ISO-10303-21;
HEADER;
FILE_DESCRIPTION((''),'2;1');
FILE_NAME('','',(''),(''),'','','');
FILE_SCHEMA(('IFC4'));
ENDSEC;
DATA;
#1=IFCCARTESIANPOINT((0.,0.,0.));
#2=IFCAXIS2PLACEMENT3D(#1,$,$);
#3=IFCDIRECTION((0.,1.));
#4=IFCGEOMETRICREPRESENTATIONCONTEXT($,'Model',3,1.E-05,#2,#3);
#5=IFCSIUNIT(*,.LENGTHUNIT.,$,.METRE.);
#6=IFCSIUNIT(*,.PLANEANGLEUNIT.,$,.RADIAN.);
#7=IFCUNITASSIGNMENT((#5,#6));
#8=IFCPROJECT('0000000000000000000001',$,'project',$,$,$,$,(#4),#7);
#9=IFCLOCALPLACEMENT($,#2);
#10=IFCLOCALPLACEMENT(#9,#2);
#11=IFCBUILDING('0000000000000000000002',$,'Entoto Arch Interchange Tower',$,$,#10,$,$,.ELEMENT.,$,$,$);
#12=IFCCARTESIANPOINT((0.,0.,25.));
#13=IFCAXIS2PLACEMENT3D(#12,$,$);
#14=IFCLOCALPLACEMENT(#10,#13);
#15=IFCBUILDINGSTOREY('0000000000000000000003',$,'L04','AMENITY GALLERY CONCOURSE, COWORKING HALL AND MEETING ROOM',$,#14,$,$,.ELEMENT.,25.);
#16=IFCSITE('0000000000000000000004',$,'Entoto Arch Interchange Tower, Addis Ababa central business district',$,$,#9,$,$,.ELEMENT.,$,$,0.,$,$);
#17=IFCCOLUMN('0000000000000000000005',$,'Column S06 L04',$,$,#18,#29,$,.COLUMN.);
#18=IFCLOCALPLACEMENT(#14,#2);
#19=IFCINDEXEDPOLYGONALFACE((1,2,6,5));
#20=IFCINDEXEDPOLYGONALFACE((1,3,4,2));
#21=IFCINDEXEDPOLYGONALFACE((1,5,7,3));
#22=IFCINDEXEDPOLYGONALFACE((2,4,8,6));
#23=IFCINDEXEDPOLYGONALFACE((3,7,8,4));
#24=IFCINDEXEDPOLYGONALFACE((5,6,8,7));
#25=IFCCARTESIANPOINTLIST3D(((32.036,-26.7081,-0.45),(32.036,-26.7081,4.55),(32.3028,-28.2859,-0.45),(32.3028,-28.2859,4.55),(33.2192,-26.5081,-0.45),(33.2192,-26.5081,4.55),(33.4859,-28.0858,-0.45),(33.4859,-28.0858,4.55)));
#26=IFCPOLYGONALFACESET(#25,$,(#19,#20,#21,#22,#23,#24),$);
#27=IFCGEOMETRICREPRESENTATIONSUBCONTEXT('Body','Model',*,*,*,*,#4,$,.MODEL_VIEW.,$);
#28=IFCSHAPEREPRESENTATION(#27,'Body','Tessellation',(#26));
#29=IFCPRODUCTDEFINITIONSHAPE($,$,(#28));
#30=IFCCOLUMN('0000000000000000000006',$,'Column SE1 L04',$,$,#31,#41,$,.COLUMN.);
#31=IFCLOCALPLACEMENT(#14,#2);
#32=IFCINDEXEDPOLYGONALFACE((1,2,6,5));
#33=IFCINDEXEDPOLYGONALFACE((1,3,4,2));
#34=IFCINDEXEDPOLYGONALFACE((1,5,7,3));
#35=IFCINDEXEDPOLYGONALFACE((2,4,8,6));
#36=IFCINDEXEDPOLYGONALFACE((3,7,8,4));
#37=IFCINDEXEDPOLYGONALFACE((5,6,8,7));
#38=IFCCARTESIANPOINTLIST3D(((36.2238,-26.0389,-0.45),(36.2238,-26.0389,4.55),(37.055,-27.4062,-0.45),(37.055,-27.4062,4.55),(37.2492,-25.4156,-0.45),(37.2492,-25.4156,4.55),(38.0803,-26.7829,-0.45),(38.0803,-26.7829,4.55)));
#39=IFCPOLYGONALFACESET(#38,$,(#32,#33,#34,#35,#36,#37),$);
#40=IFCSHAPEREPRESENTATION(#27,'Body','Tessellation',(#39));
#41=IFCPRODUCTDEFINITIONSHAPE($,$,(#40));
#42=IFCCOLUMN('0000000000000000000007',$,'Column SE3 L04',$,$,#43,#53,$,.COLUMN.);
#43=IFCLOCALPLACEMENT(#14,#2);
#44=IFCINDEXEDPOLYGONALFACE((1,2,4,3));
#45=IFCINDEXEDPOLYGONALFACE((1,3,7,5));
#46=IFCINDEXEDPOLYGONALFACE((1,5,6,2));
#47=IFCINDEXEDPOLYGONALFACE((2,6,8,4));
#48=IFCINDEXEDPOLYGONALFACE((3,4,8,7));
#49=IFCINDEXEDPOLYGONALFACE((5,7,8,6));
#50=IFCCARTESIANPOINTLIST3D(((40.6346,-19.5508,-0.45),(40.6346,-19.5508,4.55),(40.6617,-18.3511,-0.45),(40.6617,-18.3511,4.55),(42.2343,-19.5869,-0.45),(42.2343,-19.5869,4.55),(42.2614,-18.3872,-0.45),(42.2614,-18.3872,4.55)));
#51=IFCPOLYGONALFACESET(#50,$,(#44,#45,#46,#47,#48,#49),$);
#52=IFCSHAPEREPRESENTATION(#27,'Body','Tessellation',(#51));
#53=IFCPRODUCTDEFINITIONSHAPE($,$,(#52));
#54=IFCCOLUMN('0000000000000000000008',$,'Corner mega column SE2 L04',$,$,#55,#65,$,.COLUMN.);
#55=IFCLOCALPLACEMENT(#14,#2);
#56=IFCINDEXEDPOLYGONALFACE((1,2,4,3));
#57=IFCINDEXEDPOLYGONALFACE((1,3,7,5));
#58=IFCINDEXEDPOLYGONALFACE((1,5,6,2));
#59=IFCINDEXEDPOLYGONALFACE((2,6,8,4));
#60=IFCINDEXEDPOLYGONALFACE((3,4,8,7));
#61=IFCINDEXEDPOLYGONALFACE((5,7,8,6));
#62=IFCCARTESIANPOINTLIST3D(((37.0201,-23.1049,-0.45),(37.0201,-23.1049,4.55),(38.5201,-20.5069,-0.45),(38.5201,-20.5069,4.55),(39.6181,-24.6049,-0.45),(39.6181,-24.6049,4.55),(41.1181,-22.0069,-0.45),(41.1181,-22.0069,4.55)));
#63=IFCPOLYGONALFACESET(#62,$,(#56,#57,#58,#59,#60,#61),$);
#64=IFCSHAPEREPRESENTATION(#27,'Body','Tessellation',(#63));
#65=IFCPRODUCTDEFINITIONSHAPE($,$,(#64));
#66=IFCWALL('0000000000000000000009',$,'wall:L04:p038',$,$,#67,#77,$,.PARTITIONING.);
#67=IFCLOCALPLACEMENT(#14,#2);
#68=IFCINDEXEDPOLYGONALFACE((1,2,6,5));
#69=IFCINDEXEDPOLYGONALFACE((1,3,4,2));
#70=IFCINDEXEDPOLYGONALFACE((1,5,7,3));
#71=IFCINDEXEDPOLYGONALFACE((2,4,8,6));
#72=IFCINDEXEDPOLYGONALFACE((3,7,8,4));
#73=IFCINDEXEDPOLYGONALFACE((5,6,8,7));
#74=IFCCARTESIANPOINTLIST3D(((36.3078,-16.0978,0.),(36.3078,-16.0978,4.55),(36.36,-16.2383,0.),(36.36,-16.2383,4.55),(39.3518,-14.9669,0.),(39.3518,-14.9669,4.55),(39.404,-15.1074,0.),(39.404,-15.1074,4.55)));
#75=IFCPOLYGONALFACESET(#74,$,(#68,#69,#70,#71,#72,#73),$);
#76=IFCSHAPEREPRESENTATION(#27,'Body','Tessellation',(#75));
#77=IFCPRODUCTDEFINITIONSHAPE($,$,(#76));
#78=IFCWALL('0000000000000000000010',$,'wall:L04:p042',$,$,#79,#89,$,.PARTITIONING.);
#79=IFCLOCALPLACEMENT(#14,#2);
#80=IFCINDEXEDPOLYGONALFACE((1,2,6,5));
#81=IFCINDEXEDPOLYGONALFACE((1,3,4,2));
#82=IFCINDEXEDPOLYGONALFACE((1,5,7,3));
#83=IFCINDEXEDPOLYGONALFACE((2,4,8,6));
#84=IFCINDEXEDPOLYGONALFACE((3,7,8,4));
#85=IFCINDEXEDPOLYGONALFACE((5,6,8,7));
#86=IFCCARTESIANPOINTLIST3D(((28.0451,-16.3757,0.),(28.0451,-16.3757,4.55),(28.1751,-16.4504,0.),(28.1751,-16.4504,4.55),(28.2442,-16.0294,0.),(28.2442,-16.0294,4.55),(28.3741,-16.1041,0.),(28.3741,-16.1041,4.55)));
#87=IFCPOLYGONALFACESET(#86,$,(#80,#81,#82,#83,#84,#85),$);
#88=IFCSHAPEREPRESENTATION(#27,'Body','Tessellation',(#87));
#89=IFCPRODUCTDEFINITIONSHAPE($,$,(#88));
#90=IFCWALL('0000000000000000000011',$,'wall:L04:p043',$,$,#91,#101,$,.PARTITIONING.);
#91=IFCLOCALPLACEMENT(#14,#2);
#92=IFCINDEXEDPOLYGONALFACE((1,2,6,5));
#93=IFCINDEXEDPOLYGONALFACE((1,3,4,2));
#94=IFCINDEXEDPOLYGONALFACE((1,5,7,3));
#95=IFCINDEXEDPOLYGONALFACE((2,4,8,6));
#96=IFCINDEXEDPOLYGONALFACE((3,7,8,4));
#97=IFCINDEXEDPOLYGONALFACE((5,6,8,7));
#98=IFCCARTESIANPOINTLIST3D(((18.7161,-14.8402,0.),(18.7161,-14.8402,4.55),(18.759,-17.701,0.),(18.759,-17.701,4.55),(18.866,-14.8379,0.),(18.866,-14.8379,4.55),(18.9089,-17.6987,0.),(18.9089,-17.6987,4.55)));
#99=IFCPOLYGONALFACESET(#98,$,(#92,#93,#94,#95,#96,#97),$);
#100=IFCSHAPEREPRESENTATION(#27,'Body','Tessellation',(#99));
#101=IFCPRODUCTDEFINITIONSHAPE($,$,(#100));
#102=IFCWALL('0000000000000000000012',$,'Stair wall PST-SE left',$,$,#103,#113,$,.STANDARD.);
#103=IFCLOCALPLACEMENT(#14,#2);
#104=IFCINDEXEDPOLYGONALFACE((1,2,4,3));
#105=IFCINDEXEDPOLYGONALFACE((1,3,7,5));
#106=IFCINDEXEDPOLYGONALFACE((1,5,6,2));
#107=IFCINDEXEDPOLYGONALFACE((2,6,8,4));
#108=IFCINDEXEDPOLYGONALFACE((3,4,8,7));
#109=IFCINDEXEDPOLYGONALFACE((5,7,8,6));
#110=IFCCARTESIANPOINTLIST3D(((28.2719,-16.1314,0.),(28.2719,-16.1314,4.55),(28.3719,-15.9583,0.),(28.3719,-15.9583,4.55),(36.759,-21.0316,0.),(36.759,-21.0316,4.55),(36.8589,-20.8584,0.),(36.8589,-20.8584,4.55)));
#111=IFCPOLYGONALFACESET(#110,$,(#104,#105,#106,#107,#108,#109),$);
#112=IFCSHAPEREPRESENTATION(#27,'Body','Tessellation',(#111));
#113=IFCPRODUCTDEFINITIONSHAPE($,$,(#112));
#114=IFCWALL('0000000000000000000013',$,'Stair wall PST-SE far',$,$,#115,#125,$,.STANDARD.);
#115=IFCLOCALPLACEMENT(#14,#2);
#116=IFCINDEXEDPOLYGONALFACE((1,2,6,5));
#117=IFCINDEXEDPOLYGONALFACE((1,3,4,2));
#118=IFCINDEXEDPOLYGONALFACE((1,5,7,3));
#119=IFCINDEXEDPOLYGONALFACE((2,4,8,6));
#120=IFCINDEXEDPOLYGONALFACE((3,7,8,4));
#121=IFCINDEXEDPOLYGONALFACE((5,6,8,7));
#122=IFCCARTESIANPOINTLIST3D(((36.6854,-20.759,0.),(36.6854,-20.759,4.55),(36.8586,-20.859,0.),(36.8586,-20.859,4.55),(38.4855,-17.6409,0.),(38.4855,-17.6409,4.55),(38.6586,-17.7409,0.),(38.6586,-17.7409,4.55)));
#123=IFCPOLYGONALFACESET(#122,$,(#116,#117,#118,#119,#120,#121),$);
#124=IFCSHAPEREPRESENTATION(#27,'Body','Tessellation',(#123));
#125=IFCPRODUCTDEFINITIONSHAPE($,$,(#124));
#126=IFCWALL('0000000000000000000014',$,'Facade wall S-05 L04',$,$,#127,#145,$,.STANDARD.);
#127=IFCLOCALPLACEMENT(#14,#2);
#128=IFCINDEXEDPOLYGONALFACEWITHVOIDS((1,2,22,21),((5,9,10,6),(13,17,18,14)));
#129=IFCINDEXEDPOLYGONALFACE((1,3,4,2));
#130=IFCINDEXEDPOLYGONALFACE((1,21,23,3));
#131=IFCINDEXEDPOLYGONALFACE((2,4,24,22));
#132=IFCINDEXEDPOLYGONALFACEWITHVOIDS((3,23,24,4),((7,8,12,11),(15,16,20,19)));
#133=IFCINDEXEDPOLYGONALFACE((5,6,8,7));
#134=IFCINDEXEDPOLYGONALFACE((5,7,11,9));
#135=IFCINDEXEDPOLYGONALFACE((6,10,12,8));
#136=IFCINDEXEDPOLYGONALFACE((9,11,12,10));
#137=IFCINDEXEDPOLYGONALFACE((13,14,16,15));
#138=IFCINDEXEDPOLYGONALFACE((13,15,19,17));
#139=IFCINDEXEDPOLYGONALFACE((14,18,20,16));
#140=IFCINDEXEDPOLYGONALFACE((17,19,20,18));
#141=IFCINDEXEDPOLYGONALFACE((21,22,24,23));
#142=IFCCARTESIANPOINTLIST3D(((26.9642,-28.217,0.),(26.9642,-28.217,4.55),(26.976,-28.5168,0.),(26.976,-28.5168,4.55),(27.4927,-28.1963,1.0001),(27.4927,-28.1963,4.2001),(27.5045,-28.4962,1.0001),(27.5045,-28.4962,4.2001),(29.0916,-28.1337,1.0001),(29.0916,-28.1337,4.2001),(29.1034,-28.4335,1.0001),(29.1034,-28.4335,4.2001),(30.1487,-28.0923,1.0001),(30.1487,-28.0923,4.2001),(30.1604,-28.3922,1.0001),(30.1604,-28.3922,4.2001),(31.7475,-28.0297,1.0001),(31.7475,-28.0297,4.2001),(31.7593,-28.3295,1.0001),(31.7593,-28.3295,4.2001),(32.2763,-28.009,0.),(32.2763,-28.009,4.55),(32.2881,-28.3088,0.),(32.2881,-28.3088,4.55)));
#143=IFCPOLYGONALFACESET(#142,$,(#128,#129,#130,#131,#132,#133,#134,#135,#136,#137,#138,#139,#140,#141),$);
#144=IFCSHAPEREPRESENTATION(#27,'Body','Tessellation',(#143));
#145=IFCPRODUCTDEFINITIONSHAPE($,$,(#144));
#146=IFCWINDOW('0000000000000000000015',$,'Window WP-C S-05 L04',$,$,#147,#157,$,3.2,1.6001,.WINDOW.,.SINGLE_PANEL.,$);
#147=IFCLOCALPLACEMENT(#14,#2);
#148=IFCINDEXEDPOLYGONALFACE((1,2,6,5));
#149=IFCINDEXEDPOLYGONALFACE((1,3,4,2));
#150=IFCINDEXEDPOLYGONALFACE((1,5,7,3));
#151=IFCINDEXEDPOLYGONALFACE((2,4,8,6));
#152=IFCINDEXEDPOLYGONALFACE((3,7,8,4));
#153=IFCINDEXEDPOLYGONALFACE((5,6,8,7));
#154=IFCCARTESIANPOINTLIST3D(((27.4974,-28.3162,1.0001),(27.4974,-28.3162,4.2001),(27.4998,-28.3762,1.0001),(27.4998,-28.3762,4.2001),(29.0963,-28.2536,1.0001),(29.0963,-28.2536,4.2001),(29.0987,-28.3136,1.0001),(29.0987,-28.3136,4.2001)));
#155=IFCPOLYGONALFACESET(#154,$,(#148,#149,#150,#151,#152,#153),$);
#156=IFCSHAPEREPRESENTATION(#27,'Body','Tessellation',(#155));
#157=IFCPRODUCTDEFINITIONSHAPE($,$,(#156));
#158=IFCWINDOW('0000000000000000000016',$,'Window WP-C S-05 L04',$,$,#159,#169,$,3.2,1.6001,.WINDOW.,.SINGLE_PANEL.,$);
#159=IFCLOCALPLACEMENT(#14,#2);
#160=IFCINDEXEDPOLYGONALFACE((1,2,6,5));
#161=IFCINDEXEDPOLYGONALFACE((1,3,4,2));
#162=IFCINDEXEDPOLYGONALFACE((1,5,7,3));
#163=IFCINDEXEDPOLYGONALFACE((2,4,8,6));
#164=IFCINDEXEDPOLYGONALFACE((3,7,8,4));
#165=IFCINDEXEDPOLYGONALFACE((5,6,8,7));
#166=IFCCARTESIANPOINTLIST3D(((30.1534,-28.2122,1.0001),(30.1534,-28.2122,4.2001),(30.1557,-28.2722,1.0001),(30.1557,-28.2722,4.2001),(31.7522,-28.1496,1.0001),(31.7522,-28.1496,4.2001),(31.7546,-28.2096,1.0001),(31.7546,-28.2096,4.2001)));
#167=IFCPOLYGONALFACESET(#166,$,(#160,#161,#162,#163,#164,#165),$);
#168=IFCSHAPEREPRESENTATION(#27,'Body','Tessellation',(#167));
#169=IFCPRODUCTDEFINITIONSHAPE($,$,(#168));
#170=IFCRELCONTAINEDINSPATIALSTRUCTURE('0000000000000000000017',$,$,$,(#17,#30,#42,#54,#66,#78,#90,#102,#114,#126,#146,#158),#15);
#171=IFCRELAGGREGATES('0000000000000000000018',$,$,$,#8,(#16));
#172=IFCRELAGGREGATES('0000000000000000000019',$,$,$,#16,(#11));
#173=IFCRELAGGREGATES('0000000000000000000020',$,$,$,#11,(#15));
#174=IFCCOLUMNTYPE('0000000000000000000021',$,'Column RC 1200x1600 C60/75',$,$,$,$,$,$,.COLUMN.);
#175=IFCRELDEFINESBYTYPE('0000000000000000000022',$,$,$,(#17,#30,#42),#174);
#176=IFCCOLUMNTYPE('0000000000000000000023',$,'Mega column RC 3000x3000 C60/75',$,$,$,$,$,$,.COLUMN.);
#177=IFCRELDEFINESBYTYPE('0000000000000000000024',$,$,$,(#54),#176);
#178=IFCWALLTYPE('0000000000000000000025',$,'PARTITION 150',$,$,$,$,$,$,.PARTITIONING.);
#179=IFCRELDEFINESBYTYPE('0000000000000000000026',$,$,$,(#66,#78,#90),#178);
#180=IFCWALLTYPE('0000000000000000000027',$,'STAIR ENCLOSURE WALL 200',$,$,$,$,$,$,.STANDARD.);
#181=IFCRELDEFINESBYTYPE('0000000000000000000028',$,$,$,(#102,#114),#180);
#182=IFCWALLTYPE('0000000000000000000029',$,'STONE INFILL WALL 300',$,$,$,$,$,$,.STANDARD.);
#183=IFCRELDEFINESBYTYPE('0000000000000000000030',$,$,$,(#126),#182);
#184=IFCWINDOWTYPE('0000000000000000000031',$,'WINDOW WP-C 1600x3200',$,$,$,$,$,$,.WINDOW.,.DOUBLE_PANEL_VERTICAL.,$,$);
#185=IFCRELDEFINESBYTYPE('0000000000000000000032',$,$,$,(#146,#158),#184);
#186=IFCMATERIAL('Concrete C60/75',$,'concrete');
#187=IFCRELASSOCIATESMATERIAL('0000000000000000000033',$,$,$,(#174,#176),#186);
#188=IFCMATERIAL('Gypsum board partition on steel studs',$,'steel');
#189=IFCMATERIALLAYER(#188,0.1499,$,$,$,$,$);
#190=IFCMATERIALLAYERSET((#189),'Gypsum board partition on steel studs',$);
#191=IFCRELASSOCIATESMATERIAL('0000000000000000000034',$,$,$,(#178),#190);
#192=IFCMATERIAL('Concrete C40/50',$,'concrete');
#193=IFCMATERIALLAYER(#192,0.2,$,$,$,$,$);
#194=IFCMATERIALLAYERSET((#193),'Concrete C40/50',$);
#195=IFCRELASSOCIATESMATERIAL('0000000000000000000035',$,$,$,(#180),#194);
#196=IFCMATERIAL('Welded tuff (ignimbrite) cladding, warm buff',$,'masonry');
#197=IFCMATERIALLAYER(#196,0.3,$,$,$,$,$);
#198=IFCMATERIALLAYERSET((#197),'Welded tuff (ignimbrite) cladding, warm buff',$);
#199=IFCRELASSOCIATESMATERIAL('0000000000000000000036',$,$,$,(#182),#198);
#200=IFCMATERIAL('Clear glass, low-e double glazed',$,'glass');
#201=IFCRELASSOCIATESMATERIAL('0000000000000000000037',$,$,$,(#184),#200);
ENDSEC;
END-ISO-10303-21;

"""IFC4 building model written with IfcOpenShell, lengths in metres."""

from ifc_helpers import new_model, si_unit, direction, frame, frame_2d, origin, origin_2d, place, context, subcontext, project, spatial, rectangle, extrude, material, layer, layer_set, material_profile, profile_set, type_object, element, fill, save


model = new_model("IFC4")

# Units and contexts
model_context = context("Model", 3, precision=1e-05, world=origin(), true_north=direction((0.0, 1.0)))
body_context = subcontext(model_context, "Body", "Model", "MODEL_VIEW")
ifc_project = project(units=[si_unit("LENGTHUNIT", "METRE"), si_unit("PLANEANGLEUNIT", "RADIAN")], contexts=[model_context])

# Site, building, storey
site_placement = place(None, origin())
site = spatial("IfcSite", under=ifc_project, at=site_placement, Name="Entoto Arch Interchange Tower, Addis Ababa central business district", CompositionType="ELEMENT", RefElevation=0.0)
building_placement = place(site_placement, origin())
building = spatial("IfcBuilding", under=site, at=building_placement, Name="Entoto Arch Interchange Tower", CompositionType="ELEMENT")
storey_placement = place(building_placement, frame((0.0, 0.0, 25.0)))
storey = spatial("IfcBuildingStorey", under=building, at=storey_placement, Name="L04", Description="AMENITY GALLERY CONCOURSE, COWORKING HALL AND MEETING ROOM", CompositionType="ELEMENT", Elevation=25.0)

# Columns
ifc_material_1 = material(Name="Concrete C60/75", Category="concrete")
ifc_material_profile_1 = material_profile(ifc_material_1, rectangle(XDim=1.2, YDim=1.6001, at=origin_2d()))
ifc_profile_set_1 = profile_set([ifc_material_profile_1], Name="Concrete C60/75")
column_type_1 = type_object("IfcColumnType", Name="Column RC 1200x1600 C60/75", PredefinedType="COLUMN", material=ifc_profile_set_1)
for number, where, z_axis, x_axis, name in (
    (1, (32.761, -27.397, -0.45), (0.0, 0.0, 1.0), (0.986005, 0.166717, 0.0), "Column S06 L04"),
    (2, (37.1521, -26.4109, -0.45), (0.0, 0.0, 1.0), (0.854522, 0.519415, 0.0), "Column SE1 L04"),
    (3, (41.448, -18.969, -0.45), (0.0, 0.0, 1.0), (0.022565, 0.999745, 0.0), "Column SE3 L04"),
):
    element("IfcColumn", number, at=place(storey_placement, frame(where, z_axis=z_axis, x_axis=x_axis)), inside=storey, type_object=column_type_1, Name=name, PredefinedType="COLUMN", context=body_context, shape_type="SweptSolid", body=[
        extrude(rectangle(XDim=1.2, YDim=1.6001, at=origin_2d()), origin(), (0.0, 0.0, 1.0), 5.0),
    ])
ifc_material_profile_2 = material_profile(ifc_material_1, rectangle(XDim=3.0, YDim=3.0, at=origin_2d()))
ifc_profile_set_2 = profile_set([ifc_material_profile_2], Name="Concrete C60/75")
column_type_2 = type_object("IfcColumnType", Name="Mega column RC 3000x3000 C60/75", PredefinedType="COLUMN", material=ifc_profile_set_2)
column_placement = place(storey_placement, frame((39.0691, -22.5559, -0.45), z_axis=(0.0, 0.0, 1.0), x_axis=(-0.866025, 0.5, 0.0)))
element("IfcColumn", 4, at=column_placement, inside=storey, type_object=column_type_2, Name="Corner mega column SE2 L04", PredefinedType="COLUMN", context=body_context, shape_type="SweptSolid", body=[
    extrude(rectangle(XDim=3.0, YDim=3.0, at=origin_2d()), origin(), (0.0, 0.0, 1.0), 5.0),
])

# Walls
ifc_material_2 = material(Name="Gypsum board partition on steel studs", Category="steel")
ifc_layer_1 = layer(ifc_material_2, 0.1499)
ifc_layer_set_1 = layer_set([ifc_layer_1], Name="Gypsum board partition on steel studs")
wall_type_1 = type_object("IfcWallType", Name="PARTITION 150", PredefinedType="PARTITIONING", material=ifc_layer_set_1)
wall_1_placement = place(storey_placement, frame((36.334, -16.168, 0.0), z_axis=(0.0, 0.0, 1.0), x_axis=(0.9374, 0.348254, 0.0)))
element("IfcWall", 5, at=wall_1_placement, inside=storey, type_object=wall_type_1, Name="wall:L04:p038", PredefinedType="PARTITIONING", context=body_context, shape_type="SweptSolid", body=[
    extrude(rectangle(XDim=3.2473, YDim=0.1499, at=frame_2d((1.6235, 0.0))), origin(), (0.0, 0.0, 1.0), 4.55),
])
wall_2_placement = place(storey_placement, frame((28.1101, -16.4131, 0.0), z_axis=(0.0, 0.0, 1.0), x_axis=(0.49831, 0.866999, 0.0)))
element("IfcWall", 6, at=wall_2_placement, inside=storey, type_object=wall_type_1, Name="wall:L04:p042", PredefinedType="PARTITIONING", context=body_context, shape_type="SweptSolid", body=[
    extrude(rectangle(XDim=0.3994, YDim=0.1499, at=frame_2d((0.1997, 0.0))), origin(), (0.0, 0.0, 1.0), 4.55),
])
wall_3_placement = place(storey_placement, frame((18.834, -17.7, 0.0), z_axis=(0.0, 0.0, 1.0), x_axis=(-0.015018, 0.999887, 0.0)))
element("IfcWall", 7, at=wall_3_placement, inside=storey, type_object=wall_type_1, Name="wall:L04:p043", PredefinedType="PARTITIONING", context=body_context, shape_type="SweptSolid", body=[
    extrude(rectangle(XDim=2.8611, YDim=0.1499, at=frame_2d((1.4307, 0.0))), origin(), (0.0, 0.0, 1.0), 4.55),
])
ifc_material_3 = material(Name="Concrete C40/50", Category="concrete")
ifc_layer_2 = layer(ifc_material_3, 0.2)
ifc_layer_set_2 = layer_set([ifc_layer_2], Name="Concrete C40/50")
wall_type_2 = type_object("IfcWallType", Name="STAIR ENCLOSURE WALL 200", PredefinedType="STANDARD", material=ifc_layer_set_2)
wall_4_placement = place(storey_placement, frame((28.322, -16.0449, 0.0), z_axis=(0.0, 0.0, 1.0), x_axis=(0.866019, -0.500011, 0.0)))
element("IfcWall", 8, at=wall_4_placement, inside=storey, type_object=wall_type_2, Name="Stair wall PST-SE left", PredefinedType="STANDARD", context=body_context, shape_type="SweptSolid", body=[
    extrude(rectangle(XDim=9.8, YDim=0.2, at=frame_2d((4.8999, 0.0))), origin(), (0.0, 0.0, 1.0), 4.55),
])
wall_5_placement = place(storey_placement, frame((36.772, -20.8091, 0.0), z_axis=(0.0, 0.0, 1.0), x_axis=(0.499953, 0.866052, 0.0)))
element("IfcWall", 9, at=wall_5_placement, inside=storey, type_object=wall_type_2, Name="Stair wall PST-SE far", PredefinedType="STANDARD", context=body_context, shape_type="SweptSolid", body=[
    extrude(rectangle(XDim=3.6003, YDim=0.2, at=frame_2d((1.8003, 0.0))), origin(), (0.0, 0.0, 1.0), 4.55),
])

# Wall, openings, windows
ifc_material_4 = material(Name="Welded tuff (ignimbrite) cladding, warm buff", Category="masonry")
ifc_layer_3 = layer(ifc_material_4, 0.3)
ifc_layer_set_3 = layer_set([ifc_layer_3], Name="Welded tuff (ignimbrite) cladding, warm buff")
wall_type_3 = type_object("IfcWallType", Name="STONE INFILL WALL 300", PredefinedType="STANDARD", material=ifc_layer_set_3)
wall_6_placement = place(storey_placement, frame((26.97, -28.3669, 0.0), z_axis=(0.0, 0.0, 1.0), x_axis=(0.999234, 0.039128, 0.0)))
wall_6 = element("IfcWall", 10, at=wall_6_placement, inside=storey, type_object=wall_type_3, Name="Facade wall S-05 L04", PredefinedType="STANDARD", context=body_context, shape_type="SweptSolid", body=[
    extrude(rectangle(XDim=5.3162, YDim=0.3, at=frame_2d((2.6582, 0.0))), origin(), (0.0, 0.0, 1.0), 4.55),
])
opening_1_placement = place(wall_6_placement, frame((0.5291, 0.0, 1.0)))
opening_1 = element("IfcOpeningElement", 11, at=opening_1_placement, cuts=wall_6, PredefinedType="OPENING", context=body_context, shape_type="SweptSolid", body=[
    extrude(rectangle(XDim=1.6001, YDim=3.2, at=frame_2d((0.8, 1.6001))), frame((0.0, 0.1602, 0.0), z_axis=(0.0, -1.0, 0.0), x_axis=(1.0, 0.0, 0.0)), (0.0, 0.0, 1.0), 0.3201),
])
opening_2_placement = place(wall_6_placement, frame((3.187, 0.0, 1.0)))
opening_2 = element("IfcOpeningElement", 12, at=opening_2_placement, cuts=wall_6, PredefinedType="OPENING", context=body_context, shape_type="SweptSolid", body=[
    extrude(rectangle(XDim=1.6001, YDim=3.2, at=frame_2d((0.8, 1.6001))), frame((0.0, 0.1602, 0.0), z_axis=(0.0, -1.0, 0.0), x_axis=(1.0, 0.0, 0.0)), (0.0, 0.0, 1.0), 0.3201),
])
ifc_material_5 = material(Name="Clear glass, low-e double glazed", Category="glass")
window_type = type_object("IfcWindowType", Name="WINDOW WP-C 1600x3200", PartitioningType="DOUBLE_PANEL_VERTICAL", PredefinedType="WINDOW", material=ifc_material_5)
window_1_placement = place(opening_1_placement, origin())
window_1 = element("IfcWindow", 13, at=window_1_placement, inside=storey, type_object=window_type, Name="Window WP-C S-05 L04", OverallHeight=3.2, OverallWidth=1.6001, PartitioningType="SINGLE_PANEL", PredefinedType="WINDOW", context=body_context, shape_type="SweptSolid", body=[
    extrude(rectangle(XDim=1.6001, YDim=3.2, at=frame_2d((0.8, 1.6001))), frame((0.0, 0.03, 0.0), z_axis=(0.0, -1.0, 0.0), x_axis=(1.0, 0.0, 0.0)), (0.0, 0.0, 1.0), 0.0601),
])
fill(opening_1, window_1)
window_2_placement = place(opening_2_placement, origin())
window_2 = element("IfcWindow", 14, at=window_2_placement, inside=storey, type_object=window_type, Name="Window WP-C S-05 L04", OverallHeight=3.2, OverallWidth=1.6001, PartitioningType="SINGLE_PANEL", PredefinedType="WINDOW", context=body_context, shape_type="SweptSolid", body=[
    extrude(rectangle(XDim=1.6001, YDim=3.2, at=frame_2d((0.8, 1.6001))), frame((0.0, 0.03, 0.0), z_axis=(0.0, -1.0, 0.0), x_axis=(1.0, 0.0, 0.0)), (0.0, 0.0, 1.0), 0.0601),
])
fill(opening_2, window_2)

save(model, "model.ifc")
